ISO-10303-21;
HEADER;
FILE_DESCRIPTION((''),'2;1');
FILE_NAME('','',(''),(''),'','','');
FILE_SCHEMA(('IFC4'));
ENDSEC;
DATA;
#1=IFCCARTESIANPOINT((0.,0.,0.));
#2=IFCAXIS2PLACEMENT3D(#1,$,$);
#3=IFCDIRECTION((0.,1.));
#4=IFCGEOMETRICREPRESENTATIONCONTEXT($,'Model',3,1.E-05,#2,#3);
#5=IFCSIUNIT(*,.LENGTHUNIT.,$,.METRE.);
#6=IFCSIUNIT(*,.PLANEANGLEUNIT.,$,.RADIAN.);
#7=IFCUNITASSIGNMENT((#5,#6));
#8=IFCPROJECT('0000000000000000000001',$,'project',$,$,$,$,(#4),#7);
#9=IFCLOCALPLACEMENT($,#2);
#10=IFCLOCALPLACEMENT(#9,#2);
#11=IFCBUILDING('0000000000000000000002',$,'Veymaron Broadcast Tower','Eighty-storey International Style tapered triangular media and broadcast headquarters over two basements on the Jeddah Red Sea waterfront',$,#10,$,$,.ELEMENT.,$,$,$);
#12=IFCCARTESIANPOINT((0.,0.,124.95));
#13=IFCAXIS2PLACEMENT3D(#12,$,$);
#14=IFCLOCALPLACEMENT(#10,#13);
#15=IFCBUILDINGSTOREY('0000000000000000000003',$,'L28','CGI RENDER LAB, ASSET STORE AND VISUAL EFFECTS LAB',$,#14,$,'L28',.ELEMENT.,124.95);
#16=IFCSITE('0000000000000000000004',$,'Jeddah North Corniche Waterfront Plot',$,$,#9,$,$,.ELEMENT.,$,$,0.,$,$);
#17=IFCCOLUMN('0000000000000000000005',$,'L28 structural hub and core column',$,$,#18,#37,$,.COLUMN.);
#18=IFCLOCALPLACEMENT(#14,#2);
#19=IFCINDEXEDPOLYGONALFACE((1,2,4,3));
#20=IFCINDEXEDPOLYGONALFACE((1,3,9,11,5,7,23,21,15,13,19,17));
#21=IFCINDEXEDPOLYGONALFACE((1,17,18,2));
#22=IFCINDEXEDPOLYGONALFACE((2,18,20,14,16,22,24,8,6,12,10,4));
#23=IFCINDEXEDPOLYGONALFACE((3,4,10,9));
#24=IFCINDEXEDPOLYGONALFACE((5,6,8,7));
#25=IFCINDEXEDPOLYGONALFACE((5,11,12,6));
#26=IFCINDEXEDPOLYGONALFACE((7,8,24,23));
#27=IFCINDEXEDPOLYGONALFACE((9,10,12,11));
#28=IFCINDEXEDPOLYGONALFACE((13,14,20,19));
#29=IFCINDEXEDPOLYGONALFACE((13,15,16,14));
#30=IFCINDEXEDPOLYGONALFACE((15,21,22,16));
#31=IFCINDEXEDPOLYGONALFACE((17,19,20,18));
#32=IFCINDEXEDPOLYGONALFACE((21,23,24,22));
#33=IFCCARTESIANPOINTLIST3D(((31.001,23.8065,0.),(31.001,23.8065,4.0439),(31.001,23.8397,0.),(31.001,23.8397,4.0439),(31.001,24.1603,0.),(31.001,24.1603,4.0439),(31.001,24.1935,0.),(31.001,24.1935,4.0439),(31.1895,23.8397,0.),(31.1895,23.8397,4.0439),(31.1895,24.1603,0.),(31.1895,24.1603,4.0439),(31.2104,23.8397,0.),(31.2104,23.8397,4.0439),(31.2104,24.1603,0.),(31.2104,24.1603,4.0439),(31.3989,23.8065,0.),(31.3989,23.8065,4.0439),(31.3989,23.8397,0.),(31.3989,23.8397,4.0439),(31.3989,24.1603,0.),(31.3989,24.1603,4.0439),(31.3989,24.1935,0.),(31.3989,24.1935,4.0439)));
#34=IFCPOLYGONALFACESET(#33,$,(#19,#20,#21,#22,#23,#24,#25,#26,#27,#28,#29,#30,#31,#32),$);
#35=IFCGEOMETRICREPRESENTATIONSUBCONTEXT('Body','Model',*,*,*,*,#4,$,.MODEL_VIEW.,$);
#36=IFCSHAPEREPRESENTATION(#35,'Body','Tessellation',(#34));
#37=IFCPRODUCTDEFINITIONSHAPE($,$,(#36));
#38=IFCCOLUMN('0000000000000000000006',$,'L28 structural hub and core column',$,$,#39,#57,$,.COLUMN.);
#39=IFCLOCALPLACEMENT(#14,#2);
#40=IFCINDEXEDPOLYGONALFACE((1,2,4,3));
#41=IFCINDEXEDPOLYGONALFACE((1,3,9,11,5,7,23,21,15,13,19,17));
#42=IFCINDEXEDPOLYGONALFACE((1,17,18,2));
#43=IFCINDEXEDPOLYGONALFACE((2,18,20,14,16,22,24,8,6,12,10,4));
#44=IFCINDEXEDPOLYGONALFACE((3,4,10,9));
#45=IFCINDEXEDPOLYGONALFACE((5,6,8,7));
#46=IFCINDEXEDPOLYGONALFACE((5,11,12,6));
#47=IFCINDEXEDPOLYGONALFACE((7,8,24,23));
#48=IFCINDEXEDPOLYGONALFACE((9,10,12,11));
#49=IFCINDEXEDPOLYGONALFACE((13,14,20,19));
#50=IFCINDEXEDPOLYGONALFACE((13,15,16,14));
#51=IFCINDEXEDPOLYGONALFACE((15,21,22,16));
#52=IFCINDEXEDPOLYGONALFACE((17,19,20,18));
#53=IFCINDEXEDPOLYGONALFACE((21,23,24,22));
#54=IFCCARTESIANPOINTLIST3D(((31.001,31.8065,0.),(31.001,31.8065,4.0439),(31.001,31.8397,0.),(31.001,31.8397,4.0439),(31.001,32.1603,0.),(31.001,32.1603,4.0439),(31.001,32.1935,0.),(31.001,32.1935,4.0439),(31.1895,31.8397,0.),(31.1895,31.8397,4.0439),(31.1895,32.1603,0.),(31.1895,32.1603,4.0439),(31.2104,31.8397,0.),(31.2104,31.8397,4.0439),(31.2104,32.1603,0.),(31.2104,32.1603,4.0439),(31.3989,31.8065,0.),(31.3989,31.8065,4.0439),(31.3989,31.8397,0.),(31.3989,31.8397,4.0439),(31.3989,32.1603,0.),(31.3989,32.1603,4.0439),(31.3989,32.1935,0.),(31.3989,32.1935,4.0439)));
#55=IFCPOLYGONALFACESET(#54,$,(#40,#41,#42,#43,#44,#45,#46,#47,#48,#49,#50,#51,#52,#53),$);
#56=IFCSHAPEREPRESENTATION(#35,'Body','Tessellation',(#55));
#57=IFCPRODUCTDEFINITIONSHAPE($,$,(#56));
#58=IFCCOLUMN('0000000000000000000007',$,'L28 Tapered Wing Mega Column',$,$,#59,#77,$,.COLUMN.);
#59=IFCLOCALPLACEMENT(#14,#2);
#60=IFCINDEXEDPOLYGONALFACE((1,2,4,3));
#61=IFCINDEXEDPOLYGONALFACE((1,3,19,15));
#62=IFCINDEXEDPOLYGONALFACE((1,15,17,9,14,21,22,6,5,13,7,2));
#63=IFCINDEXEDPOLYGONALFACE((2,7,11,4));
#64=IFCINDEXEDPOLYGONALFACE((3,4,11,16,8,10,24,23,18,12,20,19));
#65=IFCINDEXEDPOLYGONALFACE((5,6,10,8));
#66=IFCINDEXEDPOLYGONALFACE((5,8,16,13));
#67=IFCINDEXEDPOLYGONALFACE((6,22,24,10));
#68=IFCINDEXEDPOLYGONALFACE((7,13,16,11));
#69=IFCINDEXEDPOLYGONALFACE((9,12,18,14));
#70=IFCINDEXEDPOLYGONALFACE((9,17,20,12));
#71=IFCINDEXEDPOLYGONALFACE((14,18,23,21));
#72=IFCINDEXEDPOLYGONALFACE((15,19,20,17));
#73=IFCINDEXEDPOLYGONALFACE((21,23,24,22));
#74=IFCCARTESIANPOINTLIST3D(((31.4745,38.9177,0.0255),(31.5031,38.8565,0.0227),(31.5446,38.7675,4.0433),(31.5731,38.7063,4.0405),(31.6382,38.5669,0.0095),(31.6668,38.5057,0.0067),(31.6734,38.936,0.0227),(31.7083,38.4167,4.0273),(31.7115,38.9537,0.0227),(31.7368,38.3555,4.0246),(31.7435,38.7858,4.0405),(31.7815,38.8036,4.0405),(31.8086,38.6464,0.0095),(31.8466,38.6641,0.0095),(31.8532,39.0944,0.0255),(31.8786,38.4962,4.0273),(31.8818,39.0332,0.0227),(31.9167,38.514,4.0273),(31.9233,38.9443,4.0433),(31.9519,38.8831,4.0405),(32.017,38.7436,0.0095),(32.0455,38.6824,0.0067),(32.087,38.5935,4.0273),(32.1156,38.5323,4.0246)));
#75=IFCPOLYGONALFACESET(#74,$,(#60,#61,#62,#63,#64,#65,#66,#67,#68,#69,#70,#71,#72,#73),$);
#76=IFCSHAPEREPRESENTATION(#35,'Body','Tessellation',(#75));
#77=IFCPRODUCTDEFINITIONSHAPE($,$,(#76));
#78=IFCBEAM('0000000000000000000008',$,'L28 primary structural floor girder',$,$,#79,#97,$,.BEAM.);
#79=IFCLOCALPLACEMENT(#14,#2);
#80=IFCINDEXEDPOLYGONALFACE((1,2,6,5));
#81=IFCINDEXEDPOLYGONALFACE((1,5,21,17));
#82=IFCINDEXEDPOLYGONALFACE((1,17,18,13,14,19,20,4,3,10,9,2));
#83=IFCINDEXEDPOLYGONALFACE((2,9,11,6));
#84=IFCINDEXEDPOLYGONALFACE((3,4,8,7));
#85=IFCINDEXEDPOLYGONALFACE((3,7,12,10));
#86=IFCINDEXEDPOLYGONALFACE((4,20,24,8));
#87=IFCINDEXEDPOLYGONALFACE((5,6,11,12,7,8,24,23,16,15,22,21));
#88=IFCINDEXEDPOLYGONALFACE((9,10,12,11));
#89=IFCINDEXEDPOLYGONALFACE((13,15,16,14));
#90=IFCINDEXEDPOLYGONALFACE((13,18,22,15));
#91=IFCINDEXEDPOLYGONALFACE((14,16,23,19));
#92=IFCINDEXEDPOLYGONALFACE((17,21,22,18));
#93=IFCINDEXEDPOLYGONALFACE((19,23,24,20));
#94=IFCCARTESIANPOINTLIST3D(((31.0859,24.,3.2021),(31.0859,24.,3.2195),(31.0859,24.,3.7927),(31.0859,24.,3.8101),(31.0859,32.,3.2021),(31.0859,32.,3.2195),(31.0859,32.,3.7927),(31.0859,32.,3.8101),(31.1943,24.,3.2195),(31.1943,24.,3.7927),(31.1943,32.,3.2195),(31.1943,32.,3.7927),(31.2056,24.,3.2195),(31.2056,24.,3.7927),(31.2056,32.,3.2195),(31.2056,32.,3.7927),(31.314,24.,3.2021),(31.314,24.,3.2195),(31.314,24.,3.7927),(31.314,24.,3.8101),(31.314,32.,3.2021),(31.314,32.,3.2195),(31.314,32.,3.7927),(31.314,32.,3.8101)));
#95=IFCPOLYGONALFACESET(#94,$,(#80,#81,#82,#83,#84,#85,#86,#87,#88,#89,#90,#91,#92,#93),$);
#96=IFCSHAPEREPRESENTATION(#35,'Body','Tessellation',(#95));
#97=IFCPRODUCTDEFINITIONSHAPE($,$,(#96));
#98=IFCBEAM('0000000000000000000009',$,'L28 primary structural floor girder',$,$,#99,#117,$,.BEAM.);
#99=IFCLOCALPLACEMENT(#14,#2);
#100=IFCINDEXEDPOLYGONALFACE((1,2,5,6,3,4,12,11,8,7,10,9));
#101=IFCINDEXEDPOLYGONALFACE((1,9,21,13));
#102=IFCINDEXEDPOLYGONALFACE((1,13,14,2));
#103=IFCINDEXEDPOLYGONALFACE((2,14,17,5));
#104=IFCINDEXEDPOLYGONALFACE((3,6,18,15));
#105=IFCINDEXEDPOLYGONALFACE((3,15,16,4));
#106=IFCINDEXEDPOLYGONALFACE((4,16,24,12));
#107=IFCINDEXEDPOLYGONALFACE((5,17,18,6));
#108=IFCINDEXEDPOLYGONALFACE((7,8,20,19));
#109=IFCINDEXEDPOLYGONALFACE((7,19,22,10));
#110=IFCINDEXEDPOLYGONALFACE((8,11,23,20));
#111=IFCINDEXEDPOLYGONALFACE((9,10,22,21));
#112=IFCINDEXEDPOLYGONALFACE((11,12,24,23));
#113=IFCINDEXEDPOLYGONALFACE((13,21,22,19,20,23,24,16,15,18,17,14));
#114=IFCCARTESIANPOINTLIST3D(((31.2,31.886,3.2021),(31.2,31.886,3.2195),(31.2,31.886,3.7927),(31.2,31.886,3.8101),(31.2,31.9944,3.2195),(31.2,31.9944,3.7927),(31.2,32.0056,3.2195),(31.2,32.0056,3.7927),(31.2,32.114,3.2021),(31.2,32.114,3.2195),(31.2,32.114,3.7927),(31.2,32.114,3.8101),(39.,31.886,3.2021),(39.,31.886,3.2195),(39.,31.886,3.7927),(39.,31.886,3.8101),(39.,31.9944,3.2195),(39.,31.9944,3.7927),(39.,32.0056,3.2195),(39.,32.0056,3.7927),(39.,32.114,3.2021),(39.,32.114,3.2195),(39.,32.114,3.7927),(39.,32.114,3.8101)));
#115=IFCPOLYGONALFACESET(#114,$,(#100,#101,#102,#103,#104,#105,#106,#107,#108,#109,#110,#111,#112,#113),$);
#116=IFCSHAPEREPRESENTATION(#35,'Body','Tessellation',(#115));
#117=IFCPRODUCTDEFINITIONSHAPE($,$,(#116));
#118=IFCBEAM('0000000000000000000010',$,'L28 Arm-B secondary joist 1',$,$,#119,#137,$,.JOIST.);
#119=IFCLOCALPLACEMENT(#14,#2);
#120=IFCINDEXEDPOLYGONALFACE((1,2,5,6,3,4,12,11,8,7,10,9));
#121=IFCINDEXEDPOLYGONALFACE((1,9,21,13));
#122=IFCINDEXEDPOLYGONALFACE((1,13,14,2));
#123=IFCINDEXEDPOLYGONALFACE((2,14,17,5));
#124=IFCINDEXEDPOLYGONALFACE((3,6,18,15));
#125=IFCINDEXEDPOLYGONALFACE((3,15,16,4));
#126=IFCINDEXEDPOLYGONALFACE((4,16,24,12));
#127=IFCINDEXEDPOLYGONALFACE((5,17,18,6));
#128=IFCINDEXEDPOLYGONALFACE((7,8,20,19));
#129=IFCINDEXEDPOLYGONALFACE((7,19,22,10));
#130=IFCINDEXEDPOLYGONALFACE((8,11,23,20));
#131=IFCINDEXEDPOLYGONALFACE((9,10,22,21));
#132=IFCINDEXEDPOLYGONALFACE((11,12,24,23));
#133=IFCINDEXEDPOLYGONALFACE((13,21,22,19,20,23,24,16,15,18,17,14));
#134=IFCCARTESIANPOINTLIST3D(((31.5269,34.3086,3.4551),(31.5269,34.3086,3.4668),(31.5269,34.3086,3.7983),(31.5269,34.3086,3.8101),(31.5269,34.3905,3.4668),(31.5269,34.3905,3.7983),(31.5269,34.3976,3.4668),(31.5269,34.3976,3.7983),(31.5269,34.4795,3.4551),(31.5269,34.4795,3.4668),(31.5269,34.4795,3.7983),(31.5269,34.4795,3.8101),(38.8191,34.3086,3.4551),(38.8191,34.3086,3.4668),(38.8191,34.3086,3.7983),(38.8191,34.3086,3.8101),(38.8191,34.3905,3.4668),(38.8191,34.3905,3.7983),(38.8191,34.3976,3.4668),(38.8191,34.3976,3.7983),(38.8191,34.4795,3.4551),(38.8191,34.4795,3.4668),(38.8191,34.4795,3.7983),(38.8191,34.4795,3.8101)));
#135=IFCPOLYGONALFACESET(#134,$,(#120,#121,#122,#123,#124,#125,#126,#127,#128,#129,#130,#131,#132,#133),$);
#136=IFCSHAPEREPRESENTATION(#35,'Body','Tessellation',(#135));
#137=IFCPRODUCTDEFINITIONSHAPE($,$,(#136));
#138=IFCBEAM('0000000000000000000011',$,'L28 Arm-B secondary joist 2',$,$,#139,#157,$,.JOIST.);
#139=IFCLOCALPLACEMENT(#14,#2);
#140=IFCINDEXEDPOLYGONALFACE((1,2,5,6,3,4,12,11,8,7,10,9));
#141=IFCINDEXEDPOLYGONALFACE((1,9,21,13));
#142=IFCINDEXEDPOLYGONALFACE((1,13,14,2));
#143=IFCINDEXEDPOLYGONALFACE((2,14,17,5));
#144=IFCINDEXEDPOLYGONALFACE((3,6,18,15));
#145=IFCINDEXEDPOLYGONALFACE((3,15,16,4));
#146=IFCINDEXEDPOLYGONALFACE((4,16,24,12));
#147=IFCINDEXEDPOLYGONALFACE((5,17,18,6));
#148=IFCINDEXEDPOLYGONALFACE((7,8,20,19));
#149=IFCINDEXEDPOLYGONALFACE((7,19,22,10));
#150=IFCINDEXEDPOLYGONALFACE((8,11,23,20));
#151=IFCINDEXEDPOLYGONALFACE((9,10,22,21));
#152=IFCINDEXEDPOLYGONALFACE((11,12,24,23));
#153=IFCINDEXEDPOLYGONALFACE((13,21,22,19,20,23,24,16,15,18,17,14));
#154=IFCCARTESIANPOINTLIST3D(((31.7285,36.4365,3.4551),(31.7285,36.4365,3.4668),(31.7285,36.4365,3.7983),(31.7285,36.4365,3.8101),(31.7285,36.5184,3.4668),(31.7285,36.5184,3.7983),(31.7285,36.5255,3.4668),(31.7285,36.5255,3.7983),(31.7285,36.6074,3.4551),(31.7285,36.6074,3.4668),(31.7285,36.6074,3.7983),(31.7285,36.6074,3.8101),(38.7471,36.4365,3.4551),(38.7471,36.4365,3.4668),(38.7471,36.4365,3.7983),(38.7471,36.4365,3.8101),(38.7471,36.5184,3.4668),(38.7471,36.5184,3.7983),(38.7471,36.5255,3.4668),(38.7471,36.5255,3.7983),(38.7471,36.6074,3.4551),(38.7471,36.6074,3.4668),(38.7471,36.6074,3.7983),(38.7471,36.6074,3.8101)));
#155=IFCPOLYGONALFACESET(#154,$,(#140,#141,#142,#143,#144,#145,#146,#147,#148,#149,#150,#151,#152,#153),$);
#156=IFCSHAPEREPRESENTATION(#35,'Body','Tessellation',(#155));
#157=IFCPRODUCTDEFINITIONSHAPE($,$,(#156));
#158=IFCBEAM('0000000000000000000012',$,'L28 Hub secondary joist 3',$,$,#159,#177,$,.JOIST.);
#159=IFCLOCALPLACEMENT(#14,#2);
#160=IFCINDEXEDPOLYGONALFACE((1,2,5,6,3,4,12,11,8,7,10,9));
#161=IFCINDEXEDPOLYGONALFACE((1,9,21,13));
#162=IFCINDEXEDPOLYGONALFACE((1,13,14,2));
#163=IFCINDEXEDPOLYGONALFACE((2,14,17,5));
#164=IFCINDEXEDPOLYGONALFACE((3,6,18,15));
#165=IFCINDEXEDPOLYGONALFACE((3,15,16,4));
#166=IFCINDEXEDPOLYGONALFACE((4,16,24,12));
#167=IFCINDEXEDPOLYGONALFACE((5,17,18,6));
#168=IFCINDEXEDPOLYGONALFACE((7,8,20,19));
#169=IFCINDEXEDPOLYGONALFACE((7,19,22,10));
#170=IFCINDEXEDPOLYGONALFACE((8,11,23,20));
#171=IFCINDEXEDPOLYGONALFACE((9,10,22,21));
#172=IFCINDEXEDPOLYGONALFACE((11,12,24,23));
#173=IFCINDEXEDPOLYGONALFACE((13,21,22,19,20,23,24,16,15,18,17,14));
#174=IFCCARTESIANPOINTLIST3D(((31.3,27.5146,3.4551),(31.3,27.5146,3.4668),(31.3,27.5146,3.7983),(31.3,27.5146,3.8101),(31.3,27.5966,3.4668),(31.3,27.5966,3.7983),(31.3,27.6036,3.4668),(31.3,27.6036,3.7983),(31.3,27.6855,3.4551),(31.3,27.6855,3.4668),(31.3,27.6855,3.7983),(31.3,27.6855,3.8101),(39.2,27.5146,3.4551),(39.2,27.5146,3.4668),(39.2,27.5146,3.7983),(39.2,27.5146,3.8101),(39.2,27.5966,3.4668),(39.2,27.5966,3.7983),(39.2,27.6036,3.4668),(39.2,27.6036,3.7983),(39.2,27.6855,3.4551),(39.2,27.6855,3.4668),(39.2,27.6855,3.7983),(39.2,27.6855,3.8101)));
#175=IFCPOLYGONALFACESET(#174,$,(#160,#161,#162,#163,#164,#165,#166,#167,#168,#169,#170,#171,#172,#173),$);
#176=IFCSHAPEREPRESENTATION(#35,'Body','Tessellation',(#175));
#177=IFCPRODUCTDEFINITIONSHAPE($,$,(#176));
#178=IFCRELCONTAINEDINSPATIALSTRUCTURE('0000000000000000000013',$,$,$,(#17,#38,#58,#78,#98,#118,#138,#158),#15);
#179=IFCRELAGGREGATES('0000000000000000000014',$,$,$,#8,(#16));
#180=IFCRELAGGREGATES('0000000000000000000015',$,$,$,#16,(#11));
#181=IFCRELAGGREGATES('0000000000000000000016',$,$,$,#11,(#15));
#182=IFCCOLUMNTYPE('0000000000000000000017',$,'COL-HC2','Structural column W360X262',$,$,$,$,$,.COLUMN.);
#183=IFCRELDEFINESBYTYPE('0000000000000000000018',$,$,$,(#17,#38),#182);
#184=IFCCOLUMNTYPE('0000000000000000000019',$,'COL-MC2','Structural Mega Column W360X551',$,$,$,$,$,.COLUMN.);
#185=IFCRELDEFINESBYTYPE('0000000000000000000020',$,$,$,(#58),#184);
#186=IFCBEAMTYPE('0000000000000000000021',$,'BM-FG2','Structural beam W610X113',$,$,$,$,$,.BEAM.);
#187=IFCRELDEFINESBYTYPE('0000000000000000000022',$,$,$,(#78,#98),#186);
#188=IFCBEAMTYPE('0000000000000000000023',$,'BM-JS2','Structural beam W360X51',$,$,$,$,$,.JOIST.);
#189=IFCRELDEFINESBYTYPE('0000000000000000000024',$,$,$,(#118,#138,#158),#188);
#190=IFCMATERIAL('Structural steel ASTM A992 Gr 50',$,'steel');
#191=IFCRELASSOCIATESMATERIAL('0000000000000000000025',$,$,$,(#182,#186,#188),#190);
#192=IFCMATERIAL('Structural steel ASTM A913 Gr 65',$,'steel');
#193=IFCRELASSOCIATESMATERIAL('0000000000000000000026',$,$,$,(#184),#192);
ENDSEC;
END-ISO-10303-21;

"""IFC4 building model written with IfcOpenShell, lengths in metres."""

from ifc_helpers import new_model, si_unit, direction, frame, origin, origin_2d, place, context, subcontext, project, spatial, i_section, extrude, material, material_profile, profile_set, type_object, element, save


model = new_model("IFC4")

# Units and contexts
model_context = context("Model", 3, precision=1e-05, world=origin(), true_north=direction((0.0, 1.0)))
body_context = subcontext(model_context, "Body", "Model", "MODEL_VIEW")
ifc_project = project(units=[si_unit("LENGTHUNIT", "METRE"), si_unit("PLANEANGLEUNIT", "RADIAN")], contexts=[model_context])

# Site, building, storey
site_placement = place(None, origin())
site = spatial("IfcSite", under=ifc_project, at=site_placement, Name="Jeddah North Corniche Waterfront Plot", CompositionType="ELEMENT", RefElevation=0.0)
building_placement = place(site_placement, origin())
building = spatial("IfcBuilding", under=site, at=building_placement, Name="Veymaron Broadcast Tower", Description="Eighty-storey International Style tapered triangular media and broadcast headquarters over two basements on the Jeddah Red Sea waterfront", CompositionType="ELEMENT")
storey_placement = place(building_placement, frame((0.0, 0.0, 124.95)))
storey = spatial("IfcBuildingStorey", under=building, at=storey_placement, Name="L28", Description="CGI RENDER LAB, ASSET STORE AND VISUAL EFFECTS LAB", LongName="L28", CompositionType="ELEMENT", Elevation=124.95)

# Columns
ifc_material_1 = material(Name="Structural steel ASTM A992 Gr 50", Category="steel")
ifc_material_profile_1 = material_profile(ifc_material_1, i_section(OverallWidth=0.3979, OverallDepth=0.387, WebThickness=0.021, FlangeThickness=0.0332, at=origin_2d()), Name="W360X262")
ifc_profile_set_1 = profile_set([ifc_material_profile_1], Name="Structural steel ASTM A992 Gr 50")
column_type_1 = type_object("IfcColumnType", Name="COL-HC2", Description="Structural column W360X262", PredefinedType="COLUMN", material=ifc_profile_set_1)
for number, where, z_axis, x_axis, name in (
    (1, (31.2, 24.0, 0.0), (0.0, 0.0, 1.0), (1.0, 0.0, 0.0), "L28 structural hub and core column"),
    (2, (31.2, 32.0, 0.0), (0.0, 0.0, 1.0), (1.0, 0.0, 0.0), "L28 structural hub and core column"),
):
    element("IfcColumn", number, at=place(storey_placement, frame(where, z_axis=z_axis, x_axis=x_axis)), inside=storey, type_object=column_type_1, Name=name, PredefinedType="COLUMN", context=body_context, shape_type="SweptSolid", body=[
        extrude(i_section(OverallWidth=0.3979, OverallDepth=0.387, WebThickness=0.021, FlangeThickness=0.0332, at=origin_2d()), origin(), (0.0, 0.0, 1.0), 4.0439),
    ])
ifc_material_2 = material(Name="Structural steel ASTM A913 Gr 65", Category="steel")
ifc_material_profile_2 = material_profile(ifc_material_2, i_section(OverallWidth=0.418, OverallDepth=0.4551, WebThickness=0.042, FlangeThickness=0.0676, at=origin_2d()), Name="W360X551")
ifc_profile_set_2 = profile_set([ifc_material_profile_2], Name="Structural steel ASTM A913 Gr 65")
column_type_2 = type_object("IfcColumnType", Name="COL-MC2", Description="Structural Mega Column W360X551", PredefinedType="COLUMN", material=ifc_profile_set_2)
column_placement = place(storey_placement, frame((31.76, 38.8, 0.0161), z_axis=(0.017425, -0.037338, 0.999151), x_axis=(0.906183, 0.422885, 0.0)))
element("IfcColumn", 3, at=column_placement, inside=storey, type_object=column_type_2, Name="L28 Tapered Wing Mega Column", PredefinedType="COLUMN", context=body_context, shape_type="SweptSolid", body=[
    extrude(i_section(OverallWidth=0.418, OverallDepth=0.4551, WebThickness=0.042, FlangeThickness=0.0676, at=origin_2d()), origin(), (0.0, 0.0, 1.0), 4.0212),
])

# Beams
ifc_material_profile_3 = material_profile(ifc_material_1, i_section(OverallWidth=0.228, OverallDepth=0.6079, WebThickness=0.0112, FlangeThickness=0.0173, at=origin_2d()), Name="W610X113")
ifc_profile_set_3 = profile_set([ifc_material_profile_3], Name="Structural steel ASTM A992 Gr 50")
beam_type_1 = type_object("IfcBeamType", Name="BM-FG2", Description="Structural beam W610X113", PredefinedType="BEAM", material=ifc_profile_set_3)
beam_1_placement = place(storey_placement, frame((31.2, 24.0, 3.5061), z_axis=(0.0, 1.0, 0.0), x_axis=(-1.0, 0.0, 0.0)))
element("IfcBeam", 4, at=beam_1_placement, inside=storey, type_object=beam_type_1, Name="L28 primary structural floor girder", PredefinedType="BEAM", context=body_context, shape_type="SweptSolid", body=[
    extrude(i_section(OverallWidth=0.228, OverallDepth=0.6079, WebThickness=0.0112, FlangeThickness=0.0173, at=origin_2d()), origin(), (0.0, 0.0, 1.0), 8.0),
])
beam_2_placement = place(storey_placement, frame((31.2, 32.0, 3.5061), z_axis=(1.0, 0.0, 0.0), x_axis=(0.0, 1.0, 0.0)))
element("IfcBeam", 5, at=beam_2_placement, inside=storey, type_object=beam_type_1, Name="L28 primary structural floor girder", PredefinedType="BEAM", context=body_context, shape_type="SweptSolid", body=[
    extrude(i_section(OverallWidth=0.228, OverallDepth=0.6079, WebThickness=0.0112, FlangeThickness=0.0173, at=origin_2d()), origin(), (0.0, 0.0, 1.0), 7.8),
])
ifc_material_profile_4 = material_profile(ifc_material_1, i_section(OverallWidth=0.1709, OverallDepth=0.355, WebThickness=0.0071, FlangeThickness=0.0117, at=origin_2d()), Name="W360X51")
ifc_profile_set_4 = profile_set([ifc_material_profile_4], Name="Structural steel ASTM A992 Gr 50")
beam_type_2 = type_object("IfcBeamType", Name="BM-JS2", Description="Structural beam W360X51", PredefinedType="JOIST", material=ifc_profile_set_4)
beam_3_placement = place(storey_placement, frame((31.5269, 34.394, 3.6326), z_axis=(1.0, 0.0, 0.0), x_axis=(0.0, 1.0, 0.0)))
element("IfcBeam", 6, at=beam_3_placement, inside=storey, type_object=beam_type_2, Name="L28 Arm-B secondary joist 1", PredefinedType="JOIST", context=body_context, shape_type="SweptSolid", body=[
    extrude(i_section(OverallWidth=0.1709, OverallDepth=0.355, WebThickness=0.0071, FlangeThickness=0.0117, at=origin_2d()), origin(), (0.0, 0.0, 1.0), 7.2922),
])
beam_4_placement = place(storey_placement, frame((31.7285, 36.522, 3.6326), z_axis=(1.0, 0.0, 0.0), x_axis=(0.0, 1.0, 0.0)))
element("IfcBeam", 7, at=beam_4_placement, inside=storey, type_object=beam_type_2, Name="L28 Arm-B secondary joist 2", PredefinedType="JOIST", context=body_context, shape_type="SweptSolid", body=[
    extrude(i_section(OverallWidth=0.1709, OverallDepth=0.355, WebThickness=0.0071, FlangeThickness=0.0117, at=origin_2d()), origin(), (0.0, 0.0, 1.0), 7.0186),
])
for number, where, z_axis, x_axis, name in (
    (8, (31.3, 27.6001, 3.6326), (1.0, 0.0, 0.0), (0.0, 1.0, 0.0), "L28 Hub secondary joist 3"),
):
    element("IfcBeam", number, at=place(storey_placement, frame(where, z_axis=z_axis, x_axis=x_axis)), inside=storey, type_object=beam_type_2, Name=name, PredefinedType="JOIST", context=body_context, shape_type="SweptSolid", body=[
        extrude(i_section(OverallWidth=0.1709, OverallDepth=0.355, WebThickness=0.0071, FlangeThickness=0.0117, at=origin_2d()), origin(), (0.0, 0.0, 1.0), 7.8999),
    ])

save(model, "model.ifc")
